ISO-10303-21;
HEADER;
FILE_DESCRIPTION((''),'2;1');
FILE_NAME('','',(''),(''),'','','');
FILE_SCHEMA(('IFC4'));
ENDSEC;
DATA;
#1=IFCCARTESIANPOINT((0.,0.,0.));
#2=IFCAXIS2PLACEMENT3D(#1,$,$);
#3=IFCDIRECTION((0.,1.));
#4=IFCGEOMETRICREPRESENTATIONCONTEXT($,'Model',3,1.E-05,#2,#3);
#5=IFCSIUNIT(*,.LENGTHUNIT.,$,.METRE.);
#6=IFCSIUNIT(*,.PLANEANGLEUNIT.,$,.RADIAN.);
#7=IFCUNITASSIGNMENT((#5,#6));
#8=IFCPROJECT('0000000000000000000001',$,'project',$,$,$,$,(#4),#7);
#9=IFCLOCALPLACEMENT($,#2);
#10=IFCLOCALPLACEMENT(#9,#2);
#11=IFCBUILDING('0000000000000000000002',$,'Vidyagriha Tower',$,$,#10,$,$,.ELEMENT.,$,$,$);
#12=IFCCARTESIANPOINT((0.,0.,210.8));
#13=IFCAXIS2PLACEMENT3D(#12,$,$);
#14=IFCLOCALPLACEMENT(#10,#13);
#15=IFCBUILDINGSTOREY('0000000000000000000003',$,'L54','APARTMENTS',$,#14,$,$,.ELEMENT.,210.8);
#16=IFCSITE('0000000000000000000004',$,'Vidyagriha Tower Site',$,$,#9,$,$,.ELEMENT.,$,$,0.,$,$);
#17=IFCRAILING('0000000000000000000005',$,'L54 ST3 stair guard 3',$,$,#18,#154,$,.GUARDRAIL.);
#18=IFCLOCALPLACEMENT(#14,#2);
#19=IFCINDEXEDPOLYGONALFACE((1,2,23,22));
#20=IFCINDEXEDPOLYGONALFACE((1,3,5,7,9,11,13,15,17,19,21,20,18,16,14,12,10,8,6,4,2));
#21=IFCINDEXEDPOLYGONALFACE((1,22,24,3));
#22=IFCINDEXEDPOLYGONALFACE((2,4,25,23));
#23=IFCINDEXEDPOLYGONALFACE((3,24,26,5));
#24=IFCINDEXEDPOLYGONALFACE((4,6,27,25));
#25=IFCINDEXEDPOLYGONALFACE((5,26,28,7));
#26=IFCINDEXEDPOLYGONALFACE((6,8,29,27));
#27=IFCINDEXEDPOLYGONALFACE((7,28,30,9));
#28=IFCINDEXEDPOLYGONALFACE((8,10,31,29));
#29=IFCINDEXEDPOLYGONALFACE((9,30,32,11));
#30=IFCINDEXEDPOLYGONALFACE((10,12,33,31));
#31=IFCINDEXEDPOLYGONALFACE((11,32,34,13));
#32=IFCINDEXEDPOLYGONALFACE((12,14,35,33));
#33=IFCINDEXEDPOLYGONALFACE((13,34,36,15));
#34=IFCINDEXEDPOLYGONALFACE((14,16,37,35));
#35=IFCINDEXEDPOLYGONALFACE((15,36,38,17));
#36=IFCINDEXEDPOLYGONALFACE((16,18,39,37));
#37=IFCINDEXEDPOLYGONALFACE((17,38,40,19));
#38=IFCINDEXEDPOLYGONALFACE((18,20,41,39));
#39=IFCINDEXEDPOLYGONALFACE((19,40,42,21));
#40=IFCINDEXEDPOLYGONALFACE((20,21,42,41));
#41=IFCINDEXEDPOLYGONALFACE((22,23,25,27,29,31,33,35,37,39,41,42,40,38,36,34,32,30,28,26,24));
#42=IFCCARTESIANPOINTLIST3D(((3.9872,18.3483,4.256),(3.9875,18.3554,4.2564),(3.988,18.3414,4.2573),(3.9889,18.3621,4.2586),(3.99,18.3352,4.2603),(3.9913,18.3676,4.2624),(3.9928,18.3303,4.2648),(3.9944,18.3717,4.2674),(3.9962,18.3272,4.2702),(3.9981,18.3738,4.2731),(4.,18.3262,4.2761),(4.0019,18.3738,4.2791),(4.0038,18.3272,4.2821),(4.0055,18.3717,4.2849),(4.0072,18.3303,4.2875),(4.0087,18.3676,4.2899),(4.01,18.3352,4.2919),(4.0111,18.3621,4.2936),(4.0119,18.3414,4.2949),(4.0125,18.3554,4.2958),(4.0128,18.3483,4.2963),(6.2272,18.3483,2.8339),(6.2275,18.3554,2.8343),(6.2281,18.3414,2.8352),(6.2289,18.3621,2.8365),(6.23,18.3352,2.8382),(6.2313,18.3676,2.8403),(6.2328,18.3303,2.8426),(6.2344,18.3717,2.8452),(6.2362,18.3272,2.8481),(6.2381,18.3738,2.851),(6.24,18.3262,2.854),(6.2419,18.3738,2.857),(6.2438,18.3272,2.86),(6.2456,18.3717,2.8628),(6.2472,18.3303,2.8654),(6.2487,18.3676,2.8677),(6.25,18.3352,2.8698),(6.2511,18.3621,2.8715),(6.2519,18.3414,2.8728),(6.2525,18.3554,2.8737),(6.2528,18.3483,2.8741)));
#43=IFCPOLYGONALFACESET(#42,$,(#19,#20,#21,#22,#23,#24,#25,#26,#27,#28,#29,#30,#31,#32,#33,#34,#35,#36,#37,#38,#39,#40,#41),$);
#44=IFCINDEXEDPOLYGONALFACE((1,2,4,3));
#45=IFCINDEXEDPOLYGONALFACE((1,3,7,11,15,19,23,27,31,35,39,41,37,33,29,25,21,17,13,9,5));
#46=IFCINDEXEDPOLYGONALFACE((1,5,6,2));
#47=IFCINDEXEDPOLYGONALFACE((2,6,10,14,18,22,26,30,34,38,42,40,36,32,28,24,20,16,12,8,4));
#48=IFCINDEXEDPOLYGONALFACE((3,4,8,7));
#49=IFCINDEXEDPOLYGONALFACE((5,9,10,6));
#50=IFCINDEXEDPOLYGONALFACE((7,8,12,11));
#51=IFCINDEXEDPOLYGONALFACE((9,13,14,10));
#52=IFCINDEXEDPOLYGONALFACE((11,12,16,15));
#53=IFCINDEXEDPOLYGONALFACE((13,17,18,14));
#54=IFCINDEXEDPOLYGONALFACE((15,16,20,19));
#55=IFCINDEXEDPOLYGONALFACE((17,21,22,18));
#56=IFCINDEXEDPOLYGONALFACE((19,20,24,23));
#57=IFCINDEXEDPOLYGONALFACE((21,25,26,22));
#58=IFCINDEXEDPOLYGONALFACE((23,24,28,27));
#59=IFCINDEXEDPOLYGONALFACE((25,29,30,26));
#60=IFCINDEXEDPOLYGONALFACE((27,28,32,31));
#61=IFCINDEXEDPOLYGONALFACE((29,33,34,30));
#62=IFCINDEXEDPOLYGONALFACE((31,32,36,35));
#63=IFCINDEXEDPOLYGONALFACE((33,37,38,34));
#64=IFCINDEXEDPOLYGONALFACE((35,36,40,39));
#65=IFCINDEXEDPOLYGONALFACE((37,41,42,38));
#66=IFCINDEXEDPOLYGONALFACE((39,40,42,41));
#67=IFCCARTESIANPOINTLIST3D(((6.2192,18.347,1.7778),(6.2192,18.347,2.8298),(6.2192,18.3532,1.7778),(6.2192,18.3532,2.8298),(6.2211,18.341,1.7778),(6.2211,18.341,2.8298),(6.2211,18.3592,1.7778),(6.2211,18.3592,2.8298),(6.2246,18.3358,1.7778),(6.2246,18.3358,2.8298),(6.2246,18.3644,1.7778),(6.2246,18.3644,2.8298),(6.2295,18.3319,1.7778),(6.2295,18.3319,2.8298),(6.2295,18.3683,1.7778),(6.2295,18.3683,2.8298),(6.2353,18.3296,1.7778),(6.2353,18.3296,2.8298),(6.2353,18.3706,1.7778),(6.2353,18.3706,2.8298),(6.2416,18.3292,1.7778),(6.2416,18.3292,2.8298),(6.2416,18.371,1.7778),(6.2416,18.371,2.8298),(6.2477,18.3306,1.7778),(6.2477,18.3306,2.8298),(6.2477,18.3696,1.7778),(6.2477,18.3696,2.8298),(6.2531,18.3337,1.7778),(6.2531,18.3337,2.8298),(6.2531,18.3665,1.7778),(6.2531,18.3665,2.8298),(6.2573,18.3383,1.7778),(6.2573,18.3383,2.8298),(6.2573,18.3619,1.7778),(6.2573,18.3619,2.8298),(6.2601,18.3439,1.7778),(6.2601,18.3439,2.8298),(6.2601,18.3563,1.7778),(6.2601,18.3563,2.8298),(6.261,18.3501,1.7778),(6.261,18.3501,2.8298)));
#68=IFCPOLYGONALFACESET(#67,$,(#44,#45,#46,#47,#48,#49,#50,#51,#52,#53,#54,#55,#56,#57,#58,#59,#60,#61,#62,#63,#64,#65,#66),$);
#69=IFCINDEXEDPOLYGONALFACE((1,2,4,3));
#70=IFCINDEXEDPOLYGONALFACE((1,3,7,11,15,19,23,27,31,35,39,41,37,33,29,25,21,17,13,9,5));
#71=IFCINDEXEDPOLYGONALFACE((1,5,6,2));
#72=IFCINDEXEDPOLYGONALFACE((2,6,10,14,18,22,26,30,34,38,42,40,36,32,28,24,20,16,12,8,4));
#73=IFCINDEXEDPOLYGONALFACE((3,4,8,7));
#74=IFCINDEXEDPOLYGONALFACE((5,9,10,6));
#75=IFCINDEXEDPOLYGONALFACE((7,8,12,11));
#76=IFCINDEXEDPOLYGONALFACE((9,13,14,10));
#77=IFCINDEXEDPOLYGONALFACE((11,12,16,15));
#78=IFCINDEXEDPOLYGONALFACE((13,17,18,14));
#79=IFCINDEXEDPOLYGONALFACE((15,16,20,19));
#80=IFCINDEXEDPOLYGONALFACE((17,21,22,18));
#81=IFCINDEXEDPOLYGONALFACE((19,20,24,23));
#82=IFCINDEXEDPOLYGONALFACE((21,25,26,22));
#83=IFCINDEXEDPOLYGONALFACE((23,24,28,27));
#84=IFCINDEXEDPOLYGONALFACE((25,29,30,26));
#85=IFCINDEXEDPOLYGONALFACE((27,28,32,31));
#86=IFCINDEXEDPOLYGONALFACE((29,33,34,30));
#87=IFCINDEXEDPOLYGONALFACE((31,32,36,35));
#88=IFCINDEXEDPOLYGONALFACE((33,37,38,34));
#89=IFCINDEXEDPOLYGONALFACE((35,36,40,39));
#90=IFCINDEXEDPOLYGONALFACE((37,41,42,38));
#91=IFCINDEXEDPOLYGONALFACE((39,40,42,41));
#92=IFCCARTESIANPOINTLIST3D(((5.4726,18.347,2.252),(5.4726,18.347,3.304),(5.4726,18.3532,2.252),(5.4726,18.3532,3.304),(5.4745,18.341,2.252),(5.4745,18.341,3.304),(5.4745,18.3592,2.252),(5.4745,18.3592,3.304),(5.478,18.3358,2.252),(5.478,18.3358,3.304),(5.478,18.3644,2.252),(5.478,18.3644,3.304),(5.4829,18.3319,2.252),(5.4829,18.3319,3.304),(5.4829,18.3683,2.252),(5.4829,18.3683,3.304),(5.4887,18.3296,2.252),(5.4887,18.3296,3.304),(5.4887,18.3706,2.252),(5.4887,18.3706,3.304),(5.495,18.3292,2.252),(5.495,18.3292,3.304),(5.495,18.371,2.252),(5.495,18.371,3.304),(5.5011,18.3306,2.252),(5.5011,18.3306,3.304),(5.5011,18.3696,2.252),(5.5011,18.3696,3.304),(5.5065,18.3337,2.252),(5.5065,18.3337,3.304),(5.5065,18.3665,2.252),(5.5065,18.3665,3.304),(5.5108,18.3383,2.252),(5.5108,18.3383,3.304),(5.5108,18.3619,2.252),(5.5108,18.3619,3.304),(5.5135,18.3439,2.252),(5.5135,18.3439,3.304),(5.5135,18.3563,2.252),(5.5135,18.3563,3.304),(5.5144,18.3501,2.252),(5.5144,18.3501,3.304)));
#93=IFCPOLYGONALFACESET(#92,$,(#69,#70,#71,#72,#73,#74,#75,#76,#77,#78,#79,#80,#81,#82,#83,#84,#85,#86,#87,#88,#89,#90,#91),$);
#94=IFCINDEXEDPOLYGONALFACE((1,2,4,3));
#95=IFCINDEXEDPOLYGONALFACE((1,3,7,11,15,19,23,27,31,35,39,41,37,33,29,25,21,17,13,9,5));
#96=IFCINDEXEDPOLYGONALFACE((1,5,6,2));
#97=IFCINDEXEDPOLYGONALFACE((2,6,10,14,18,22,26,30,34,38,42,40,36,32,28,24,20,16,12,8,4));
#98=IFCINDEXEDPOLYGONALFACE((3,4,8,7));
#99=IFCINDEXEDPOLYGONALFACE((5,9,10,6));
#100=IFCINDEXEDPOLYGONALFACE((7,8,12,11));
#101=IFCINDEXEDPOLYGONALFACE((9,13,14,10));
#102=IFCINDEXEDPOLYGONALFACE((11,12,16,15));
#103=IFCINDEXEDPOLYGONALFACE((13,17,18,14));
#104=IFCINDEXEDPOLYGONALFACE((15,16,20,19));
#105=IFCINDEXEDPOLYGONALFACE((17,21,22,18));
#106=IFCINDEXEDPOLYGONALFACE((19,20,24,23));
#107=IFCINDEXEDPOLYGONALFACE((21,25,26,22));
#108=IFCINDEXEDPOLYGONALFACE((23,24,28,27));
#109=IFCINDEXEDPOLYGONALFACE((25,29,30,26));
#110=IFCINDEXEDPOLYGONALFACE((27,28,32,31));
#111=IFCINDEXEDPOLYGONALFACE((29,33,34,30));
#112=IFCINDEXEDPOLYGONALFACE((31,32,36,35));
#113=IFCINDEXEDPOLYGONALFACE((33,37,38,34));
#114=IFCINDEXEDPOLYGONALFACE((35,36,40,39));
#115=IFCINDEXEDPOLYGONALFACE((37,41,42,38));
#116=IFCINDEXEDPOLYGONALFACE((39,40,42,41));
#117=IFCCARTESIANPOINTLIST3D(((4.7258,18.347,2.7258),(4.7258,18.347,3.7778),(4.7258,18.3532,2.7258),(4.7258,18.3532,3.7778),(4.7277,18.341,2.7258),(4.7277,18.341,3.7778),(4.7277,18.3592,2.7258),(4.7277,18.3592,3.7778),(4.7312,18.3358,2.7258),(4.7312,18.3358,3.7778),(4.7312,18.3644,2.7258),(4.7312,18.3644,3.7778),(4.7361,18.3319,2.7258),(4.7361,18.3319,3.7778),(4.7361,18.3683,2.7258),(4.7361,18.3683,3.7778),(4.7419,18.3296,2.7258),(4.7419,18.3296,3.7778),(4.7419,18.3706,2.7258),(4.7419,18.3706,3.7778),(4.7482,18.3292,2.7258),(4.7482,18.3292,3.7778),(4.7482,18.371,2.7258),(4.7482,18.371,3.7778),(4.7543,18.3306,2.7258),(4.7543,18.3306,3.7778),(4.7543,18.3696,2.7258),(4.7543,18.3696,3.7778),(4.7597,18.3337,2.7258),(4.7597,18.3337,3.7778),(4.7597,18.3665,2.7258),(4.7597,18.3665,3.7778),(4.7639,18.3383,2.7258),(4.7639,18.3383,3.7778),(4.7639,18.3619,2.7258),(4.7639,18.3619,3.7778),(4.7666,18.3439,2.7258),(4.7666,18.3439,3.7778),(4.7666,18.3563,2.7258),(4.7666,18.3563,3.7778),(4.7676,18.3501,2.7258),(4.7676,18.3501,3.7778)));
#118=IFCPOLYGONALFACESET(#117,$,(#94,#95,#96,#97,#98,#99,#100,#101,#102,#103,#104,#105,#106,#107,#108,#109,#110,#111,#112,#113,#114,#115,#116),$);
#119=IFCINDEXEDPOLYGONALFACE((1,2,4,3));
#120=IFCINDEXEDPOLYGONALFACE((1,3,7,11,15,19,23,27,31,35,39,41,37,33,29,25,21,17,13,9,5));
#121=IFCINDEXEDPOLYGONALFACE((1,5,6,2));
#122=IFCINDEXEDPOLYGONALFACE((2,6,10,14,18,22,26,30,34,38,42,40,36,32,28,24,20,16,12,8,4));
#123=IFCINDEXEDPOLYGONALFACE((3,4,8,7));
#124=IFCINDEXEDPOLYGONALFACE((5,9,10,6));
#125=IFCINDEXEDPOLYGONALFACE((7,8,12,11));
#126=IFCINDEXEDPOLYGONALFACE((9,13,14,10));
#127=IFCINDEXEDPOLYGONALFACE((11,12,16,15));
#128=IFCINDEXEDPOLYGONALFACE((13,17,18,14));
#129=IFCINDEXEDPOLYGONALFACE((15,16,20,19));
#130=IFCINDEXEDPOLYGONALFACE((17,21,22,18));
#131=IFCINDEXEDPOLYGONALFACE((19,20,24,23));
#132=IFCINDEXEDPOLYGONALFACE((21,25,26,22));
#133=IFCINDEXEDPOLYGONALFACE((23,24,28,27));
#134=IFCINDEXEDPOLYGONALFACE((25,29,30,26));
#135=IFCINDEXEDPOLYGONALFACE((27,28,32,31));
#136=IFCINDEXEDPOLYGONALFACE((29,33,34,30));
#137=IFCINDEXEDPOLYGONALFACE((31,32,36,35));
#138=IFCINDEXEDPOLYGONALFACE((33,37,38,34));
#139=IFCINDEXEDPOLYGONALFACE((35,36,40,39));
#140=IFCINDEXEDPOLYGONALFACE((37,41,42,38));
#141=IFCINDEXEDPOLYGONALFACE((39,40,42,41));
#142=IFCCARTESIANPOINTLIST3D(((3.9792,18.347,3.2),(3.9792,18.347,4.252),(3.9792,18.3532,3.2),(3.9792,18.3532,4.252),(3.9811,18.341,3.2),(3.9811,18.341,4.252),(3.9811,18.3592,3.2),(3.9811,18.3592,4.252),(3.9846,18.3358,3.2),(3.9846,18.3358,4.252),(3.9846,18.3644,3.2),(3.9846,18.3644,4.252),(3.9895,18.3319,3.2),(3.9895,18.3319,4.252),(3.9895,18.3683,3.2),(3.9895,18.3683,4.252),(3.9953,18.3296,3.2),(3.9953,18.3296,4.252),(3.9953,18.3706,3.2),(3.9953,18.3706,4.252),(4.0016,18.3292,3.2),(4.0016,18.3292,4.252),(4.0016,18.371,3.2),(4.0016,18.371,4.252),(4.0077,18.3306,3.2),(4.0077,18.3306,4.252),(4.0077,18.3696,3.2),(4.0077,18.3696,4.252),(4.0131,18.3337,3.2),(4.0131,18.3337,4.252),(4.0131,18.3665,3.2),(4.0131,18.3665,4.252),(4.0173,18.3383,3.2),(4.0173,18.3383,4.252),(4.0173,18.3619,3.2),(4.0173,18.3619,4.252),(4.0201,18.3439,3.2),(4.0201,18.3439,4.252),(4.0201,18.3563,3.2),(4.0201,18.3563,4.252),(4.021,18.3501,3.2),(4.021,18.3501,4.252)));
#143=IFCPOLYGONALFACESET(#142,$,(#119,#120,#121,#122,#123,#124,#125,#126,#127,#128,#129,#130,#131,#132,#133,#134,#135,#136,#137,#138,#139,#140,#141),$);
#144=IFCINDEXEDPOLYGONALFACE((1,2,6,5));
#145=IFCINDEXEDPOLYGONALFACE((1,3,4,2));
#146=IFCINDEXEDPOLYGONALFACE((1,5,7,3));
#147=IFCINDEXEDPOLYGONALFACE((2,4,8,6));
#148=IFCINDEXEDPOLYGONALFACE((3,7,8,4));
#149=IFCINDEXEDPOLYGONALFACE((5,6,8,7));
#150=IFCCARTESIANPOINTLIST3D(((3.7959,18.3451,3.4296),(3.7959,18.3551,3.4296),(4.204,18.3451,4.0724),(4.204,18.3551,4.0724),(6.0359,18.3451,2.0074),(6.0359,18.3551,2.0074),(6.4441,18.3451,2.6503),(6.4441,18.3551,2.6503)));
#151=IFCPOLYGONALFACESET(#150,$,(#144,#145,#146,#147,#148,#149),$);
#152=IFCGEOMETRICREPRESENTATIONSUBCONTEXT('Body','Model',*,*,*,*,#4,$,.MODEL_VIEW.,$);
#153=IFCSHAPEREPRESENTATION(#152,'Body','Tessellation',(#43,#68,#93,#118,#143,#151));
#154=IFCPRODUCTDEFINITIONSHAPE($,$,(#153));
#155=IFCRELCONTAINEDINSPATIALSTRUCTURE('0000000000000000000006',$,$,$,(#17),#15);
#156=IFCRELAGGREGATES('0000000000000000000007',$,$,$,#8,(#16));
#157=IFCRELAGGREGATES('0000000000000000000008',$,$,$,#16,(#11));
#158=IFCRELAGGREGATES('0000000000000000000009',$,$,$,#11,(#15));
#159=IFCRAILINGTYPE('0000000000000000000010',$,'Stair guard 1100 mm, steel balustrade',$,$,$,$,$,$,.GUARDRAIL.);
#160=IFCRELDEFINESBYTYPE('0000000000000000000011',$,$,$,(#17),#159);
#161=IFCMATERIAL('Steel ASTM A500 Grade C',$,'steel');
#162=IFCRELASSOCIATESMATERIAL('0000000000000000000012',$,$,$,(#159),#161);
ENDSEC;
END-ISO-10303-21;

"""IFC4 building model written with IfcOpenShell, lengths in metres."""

from ifc_helpers import new_model, si_unit, direction, frame, origin, origin_2d, place, context, subcontext, project, spatial, rectangle, circle, extrude, material, type_object, element, save


model = new_model("IFC4")

# Units and contexts
model_context = context("Model", 3, precision=1e-05, world=origin(), true_north=direction((0.0, 1.0)))
body_context = subcontext(model_context, "Body", "Model", "MODEL_VIEW")
ifc_project = project(units=[si_unit("LENGTHUNIT", "METRE"), si_unit("PLANEANGLEUNIT", "RADIAN")], contexts=[model_context])

# Site, building, storey
site_placement = place(None, origin())
site = spatial("IfcSite", under=ifc_project, at=site_placement, Name="Vidyagriha Tower Site", CompositionType="ELEMENT", RefElevation=0.0)
building_placement = place(site_placement, origin())
building = spatial("IfcBuilding", under=site, at=building_placement, Name="Vidyagriha Tower", CompositionType="ELEMENT")
storey_placement = place(building_placement, frame((0.0, 0.0, 210.8)))
storey = spatial("IfcBuildingStorey", under=building, at=storey_placement, Name="L54", Description="APARTMENTS", CompositionType="ELEMENT", Elevation=210.8)

# Railing
ifc_material_1 = material(Name="Steel ASTM A500 Grade C", Category="steel")
railing_type_1 = type_object("IfcRailingType", Name="Stair guard 1100 mm, steel balustrade", PredefinedType="GUARDRAIL", material=ifc_material_1)
railing_1_placement = place(storey_placement, frame((6.24, 18.3501, 1.7778)))
element("IfcRailing", 1, at=railing_1_placement, inside=storey, type_object=railing_type_1, Name="L54 ST3 stair guard 3", PredefinedType="GUARDRAIL", context=body_context, shape_type="SweptSolid", body=[
    extrude(circle(Radius=0.0239, at=origin_2d()), frame((0.0, 0.0, 1.0762), z_axis=(-0.844229, 0.0, 0.535982), x_axis=(0.0, -1.0, 0.0)), (0.0, 0.0, 1.0), 2.6533),
    extrude(circle(Radius=0.021, at=origin_2d()), origin(), (0.0, 0.0, 1.0), 1.052),
    extrude(circle(Radius=0.021, at=origin_2d()), frame((-0.7466, 0.0, 0.4741)), (0.0, 0.0, 1.0), 1.052),
    extrude(circle(Radius=0.021, at=origin_2d()), frame((-1.4934, 0.0, 0.948)), (0.0, 0.0, 1.0), 1.052),
    extrude(circle(Radius=0.021, at=origin_2d()), frame((-2.24, 0.0, 1.4221)), (0.0, 0.0, 1.0), 1.052),
    extrude(rectangle(XDim=0.01, YDim=0.7615, at=origin_2d()), frame((0.0, 0.0, 0.551), z_axis=(-0.844229, 0.0, 0.535982), x_axis=(0.0, -1.0, 0.0)), (0.0, 0.0, 1.0), 2.6533),
])

save(model, "model.ifc")
